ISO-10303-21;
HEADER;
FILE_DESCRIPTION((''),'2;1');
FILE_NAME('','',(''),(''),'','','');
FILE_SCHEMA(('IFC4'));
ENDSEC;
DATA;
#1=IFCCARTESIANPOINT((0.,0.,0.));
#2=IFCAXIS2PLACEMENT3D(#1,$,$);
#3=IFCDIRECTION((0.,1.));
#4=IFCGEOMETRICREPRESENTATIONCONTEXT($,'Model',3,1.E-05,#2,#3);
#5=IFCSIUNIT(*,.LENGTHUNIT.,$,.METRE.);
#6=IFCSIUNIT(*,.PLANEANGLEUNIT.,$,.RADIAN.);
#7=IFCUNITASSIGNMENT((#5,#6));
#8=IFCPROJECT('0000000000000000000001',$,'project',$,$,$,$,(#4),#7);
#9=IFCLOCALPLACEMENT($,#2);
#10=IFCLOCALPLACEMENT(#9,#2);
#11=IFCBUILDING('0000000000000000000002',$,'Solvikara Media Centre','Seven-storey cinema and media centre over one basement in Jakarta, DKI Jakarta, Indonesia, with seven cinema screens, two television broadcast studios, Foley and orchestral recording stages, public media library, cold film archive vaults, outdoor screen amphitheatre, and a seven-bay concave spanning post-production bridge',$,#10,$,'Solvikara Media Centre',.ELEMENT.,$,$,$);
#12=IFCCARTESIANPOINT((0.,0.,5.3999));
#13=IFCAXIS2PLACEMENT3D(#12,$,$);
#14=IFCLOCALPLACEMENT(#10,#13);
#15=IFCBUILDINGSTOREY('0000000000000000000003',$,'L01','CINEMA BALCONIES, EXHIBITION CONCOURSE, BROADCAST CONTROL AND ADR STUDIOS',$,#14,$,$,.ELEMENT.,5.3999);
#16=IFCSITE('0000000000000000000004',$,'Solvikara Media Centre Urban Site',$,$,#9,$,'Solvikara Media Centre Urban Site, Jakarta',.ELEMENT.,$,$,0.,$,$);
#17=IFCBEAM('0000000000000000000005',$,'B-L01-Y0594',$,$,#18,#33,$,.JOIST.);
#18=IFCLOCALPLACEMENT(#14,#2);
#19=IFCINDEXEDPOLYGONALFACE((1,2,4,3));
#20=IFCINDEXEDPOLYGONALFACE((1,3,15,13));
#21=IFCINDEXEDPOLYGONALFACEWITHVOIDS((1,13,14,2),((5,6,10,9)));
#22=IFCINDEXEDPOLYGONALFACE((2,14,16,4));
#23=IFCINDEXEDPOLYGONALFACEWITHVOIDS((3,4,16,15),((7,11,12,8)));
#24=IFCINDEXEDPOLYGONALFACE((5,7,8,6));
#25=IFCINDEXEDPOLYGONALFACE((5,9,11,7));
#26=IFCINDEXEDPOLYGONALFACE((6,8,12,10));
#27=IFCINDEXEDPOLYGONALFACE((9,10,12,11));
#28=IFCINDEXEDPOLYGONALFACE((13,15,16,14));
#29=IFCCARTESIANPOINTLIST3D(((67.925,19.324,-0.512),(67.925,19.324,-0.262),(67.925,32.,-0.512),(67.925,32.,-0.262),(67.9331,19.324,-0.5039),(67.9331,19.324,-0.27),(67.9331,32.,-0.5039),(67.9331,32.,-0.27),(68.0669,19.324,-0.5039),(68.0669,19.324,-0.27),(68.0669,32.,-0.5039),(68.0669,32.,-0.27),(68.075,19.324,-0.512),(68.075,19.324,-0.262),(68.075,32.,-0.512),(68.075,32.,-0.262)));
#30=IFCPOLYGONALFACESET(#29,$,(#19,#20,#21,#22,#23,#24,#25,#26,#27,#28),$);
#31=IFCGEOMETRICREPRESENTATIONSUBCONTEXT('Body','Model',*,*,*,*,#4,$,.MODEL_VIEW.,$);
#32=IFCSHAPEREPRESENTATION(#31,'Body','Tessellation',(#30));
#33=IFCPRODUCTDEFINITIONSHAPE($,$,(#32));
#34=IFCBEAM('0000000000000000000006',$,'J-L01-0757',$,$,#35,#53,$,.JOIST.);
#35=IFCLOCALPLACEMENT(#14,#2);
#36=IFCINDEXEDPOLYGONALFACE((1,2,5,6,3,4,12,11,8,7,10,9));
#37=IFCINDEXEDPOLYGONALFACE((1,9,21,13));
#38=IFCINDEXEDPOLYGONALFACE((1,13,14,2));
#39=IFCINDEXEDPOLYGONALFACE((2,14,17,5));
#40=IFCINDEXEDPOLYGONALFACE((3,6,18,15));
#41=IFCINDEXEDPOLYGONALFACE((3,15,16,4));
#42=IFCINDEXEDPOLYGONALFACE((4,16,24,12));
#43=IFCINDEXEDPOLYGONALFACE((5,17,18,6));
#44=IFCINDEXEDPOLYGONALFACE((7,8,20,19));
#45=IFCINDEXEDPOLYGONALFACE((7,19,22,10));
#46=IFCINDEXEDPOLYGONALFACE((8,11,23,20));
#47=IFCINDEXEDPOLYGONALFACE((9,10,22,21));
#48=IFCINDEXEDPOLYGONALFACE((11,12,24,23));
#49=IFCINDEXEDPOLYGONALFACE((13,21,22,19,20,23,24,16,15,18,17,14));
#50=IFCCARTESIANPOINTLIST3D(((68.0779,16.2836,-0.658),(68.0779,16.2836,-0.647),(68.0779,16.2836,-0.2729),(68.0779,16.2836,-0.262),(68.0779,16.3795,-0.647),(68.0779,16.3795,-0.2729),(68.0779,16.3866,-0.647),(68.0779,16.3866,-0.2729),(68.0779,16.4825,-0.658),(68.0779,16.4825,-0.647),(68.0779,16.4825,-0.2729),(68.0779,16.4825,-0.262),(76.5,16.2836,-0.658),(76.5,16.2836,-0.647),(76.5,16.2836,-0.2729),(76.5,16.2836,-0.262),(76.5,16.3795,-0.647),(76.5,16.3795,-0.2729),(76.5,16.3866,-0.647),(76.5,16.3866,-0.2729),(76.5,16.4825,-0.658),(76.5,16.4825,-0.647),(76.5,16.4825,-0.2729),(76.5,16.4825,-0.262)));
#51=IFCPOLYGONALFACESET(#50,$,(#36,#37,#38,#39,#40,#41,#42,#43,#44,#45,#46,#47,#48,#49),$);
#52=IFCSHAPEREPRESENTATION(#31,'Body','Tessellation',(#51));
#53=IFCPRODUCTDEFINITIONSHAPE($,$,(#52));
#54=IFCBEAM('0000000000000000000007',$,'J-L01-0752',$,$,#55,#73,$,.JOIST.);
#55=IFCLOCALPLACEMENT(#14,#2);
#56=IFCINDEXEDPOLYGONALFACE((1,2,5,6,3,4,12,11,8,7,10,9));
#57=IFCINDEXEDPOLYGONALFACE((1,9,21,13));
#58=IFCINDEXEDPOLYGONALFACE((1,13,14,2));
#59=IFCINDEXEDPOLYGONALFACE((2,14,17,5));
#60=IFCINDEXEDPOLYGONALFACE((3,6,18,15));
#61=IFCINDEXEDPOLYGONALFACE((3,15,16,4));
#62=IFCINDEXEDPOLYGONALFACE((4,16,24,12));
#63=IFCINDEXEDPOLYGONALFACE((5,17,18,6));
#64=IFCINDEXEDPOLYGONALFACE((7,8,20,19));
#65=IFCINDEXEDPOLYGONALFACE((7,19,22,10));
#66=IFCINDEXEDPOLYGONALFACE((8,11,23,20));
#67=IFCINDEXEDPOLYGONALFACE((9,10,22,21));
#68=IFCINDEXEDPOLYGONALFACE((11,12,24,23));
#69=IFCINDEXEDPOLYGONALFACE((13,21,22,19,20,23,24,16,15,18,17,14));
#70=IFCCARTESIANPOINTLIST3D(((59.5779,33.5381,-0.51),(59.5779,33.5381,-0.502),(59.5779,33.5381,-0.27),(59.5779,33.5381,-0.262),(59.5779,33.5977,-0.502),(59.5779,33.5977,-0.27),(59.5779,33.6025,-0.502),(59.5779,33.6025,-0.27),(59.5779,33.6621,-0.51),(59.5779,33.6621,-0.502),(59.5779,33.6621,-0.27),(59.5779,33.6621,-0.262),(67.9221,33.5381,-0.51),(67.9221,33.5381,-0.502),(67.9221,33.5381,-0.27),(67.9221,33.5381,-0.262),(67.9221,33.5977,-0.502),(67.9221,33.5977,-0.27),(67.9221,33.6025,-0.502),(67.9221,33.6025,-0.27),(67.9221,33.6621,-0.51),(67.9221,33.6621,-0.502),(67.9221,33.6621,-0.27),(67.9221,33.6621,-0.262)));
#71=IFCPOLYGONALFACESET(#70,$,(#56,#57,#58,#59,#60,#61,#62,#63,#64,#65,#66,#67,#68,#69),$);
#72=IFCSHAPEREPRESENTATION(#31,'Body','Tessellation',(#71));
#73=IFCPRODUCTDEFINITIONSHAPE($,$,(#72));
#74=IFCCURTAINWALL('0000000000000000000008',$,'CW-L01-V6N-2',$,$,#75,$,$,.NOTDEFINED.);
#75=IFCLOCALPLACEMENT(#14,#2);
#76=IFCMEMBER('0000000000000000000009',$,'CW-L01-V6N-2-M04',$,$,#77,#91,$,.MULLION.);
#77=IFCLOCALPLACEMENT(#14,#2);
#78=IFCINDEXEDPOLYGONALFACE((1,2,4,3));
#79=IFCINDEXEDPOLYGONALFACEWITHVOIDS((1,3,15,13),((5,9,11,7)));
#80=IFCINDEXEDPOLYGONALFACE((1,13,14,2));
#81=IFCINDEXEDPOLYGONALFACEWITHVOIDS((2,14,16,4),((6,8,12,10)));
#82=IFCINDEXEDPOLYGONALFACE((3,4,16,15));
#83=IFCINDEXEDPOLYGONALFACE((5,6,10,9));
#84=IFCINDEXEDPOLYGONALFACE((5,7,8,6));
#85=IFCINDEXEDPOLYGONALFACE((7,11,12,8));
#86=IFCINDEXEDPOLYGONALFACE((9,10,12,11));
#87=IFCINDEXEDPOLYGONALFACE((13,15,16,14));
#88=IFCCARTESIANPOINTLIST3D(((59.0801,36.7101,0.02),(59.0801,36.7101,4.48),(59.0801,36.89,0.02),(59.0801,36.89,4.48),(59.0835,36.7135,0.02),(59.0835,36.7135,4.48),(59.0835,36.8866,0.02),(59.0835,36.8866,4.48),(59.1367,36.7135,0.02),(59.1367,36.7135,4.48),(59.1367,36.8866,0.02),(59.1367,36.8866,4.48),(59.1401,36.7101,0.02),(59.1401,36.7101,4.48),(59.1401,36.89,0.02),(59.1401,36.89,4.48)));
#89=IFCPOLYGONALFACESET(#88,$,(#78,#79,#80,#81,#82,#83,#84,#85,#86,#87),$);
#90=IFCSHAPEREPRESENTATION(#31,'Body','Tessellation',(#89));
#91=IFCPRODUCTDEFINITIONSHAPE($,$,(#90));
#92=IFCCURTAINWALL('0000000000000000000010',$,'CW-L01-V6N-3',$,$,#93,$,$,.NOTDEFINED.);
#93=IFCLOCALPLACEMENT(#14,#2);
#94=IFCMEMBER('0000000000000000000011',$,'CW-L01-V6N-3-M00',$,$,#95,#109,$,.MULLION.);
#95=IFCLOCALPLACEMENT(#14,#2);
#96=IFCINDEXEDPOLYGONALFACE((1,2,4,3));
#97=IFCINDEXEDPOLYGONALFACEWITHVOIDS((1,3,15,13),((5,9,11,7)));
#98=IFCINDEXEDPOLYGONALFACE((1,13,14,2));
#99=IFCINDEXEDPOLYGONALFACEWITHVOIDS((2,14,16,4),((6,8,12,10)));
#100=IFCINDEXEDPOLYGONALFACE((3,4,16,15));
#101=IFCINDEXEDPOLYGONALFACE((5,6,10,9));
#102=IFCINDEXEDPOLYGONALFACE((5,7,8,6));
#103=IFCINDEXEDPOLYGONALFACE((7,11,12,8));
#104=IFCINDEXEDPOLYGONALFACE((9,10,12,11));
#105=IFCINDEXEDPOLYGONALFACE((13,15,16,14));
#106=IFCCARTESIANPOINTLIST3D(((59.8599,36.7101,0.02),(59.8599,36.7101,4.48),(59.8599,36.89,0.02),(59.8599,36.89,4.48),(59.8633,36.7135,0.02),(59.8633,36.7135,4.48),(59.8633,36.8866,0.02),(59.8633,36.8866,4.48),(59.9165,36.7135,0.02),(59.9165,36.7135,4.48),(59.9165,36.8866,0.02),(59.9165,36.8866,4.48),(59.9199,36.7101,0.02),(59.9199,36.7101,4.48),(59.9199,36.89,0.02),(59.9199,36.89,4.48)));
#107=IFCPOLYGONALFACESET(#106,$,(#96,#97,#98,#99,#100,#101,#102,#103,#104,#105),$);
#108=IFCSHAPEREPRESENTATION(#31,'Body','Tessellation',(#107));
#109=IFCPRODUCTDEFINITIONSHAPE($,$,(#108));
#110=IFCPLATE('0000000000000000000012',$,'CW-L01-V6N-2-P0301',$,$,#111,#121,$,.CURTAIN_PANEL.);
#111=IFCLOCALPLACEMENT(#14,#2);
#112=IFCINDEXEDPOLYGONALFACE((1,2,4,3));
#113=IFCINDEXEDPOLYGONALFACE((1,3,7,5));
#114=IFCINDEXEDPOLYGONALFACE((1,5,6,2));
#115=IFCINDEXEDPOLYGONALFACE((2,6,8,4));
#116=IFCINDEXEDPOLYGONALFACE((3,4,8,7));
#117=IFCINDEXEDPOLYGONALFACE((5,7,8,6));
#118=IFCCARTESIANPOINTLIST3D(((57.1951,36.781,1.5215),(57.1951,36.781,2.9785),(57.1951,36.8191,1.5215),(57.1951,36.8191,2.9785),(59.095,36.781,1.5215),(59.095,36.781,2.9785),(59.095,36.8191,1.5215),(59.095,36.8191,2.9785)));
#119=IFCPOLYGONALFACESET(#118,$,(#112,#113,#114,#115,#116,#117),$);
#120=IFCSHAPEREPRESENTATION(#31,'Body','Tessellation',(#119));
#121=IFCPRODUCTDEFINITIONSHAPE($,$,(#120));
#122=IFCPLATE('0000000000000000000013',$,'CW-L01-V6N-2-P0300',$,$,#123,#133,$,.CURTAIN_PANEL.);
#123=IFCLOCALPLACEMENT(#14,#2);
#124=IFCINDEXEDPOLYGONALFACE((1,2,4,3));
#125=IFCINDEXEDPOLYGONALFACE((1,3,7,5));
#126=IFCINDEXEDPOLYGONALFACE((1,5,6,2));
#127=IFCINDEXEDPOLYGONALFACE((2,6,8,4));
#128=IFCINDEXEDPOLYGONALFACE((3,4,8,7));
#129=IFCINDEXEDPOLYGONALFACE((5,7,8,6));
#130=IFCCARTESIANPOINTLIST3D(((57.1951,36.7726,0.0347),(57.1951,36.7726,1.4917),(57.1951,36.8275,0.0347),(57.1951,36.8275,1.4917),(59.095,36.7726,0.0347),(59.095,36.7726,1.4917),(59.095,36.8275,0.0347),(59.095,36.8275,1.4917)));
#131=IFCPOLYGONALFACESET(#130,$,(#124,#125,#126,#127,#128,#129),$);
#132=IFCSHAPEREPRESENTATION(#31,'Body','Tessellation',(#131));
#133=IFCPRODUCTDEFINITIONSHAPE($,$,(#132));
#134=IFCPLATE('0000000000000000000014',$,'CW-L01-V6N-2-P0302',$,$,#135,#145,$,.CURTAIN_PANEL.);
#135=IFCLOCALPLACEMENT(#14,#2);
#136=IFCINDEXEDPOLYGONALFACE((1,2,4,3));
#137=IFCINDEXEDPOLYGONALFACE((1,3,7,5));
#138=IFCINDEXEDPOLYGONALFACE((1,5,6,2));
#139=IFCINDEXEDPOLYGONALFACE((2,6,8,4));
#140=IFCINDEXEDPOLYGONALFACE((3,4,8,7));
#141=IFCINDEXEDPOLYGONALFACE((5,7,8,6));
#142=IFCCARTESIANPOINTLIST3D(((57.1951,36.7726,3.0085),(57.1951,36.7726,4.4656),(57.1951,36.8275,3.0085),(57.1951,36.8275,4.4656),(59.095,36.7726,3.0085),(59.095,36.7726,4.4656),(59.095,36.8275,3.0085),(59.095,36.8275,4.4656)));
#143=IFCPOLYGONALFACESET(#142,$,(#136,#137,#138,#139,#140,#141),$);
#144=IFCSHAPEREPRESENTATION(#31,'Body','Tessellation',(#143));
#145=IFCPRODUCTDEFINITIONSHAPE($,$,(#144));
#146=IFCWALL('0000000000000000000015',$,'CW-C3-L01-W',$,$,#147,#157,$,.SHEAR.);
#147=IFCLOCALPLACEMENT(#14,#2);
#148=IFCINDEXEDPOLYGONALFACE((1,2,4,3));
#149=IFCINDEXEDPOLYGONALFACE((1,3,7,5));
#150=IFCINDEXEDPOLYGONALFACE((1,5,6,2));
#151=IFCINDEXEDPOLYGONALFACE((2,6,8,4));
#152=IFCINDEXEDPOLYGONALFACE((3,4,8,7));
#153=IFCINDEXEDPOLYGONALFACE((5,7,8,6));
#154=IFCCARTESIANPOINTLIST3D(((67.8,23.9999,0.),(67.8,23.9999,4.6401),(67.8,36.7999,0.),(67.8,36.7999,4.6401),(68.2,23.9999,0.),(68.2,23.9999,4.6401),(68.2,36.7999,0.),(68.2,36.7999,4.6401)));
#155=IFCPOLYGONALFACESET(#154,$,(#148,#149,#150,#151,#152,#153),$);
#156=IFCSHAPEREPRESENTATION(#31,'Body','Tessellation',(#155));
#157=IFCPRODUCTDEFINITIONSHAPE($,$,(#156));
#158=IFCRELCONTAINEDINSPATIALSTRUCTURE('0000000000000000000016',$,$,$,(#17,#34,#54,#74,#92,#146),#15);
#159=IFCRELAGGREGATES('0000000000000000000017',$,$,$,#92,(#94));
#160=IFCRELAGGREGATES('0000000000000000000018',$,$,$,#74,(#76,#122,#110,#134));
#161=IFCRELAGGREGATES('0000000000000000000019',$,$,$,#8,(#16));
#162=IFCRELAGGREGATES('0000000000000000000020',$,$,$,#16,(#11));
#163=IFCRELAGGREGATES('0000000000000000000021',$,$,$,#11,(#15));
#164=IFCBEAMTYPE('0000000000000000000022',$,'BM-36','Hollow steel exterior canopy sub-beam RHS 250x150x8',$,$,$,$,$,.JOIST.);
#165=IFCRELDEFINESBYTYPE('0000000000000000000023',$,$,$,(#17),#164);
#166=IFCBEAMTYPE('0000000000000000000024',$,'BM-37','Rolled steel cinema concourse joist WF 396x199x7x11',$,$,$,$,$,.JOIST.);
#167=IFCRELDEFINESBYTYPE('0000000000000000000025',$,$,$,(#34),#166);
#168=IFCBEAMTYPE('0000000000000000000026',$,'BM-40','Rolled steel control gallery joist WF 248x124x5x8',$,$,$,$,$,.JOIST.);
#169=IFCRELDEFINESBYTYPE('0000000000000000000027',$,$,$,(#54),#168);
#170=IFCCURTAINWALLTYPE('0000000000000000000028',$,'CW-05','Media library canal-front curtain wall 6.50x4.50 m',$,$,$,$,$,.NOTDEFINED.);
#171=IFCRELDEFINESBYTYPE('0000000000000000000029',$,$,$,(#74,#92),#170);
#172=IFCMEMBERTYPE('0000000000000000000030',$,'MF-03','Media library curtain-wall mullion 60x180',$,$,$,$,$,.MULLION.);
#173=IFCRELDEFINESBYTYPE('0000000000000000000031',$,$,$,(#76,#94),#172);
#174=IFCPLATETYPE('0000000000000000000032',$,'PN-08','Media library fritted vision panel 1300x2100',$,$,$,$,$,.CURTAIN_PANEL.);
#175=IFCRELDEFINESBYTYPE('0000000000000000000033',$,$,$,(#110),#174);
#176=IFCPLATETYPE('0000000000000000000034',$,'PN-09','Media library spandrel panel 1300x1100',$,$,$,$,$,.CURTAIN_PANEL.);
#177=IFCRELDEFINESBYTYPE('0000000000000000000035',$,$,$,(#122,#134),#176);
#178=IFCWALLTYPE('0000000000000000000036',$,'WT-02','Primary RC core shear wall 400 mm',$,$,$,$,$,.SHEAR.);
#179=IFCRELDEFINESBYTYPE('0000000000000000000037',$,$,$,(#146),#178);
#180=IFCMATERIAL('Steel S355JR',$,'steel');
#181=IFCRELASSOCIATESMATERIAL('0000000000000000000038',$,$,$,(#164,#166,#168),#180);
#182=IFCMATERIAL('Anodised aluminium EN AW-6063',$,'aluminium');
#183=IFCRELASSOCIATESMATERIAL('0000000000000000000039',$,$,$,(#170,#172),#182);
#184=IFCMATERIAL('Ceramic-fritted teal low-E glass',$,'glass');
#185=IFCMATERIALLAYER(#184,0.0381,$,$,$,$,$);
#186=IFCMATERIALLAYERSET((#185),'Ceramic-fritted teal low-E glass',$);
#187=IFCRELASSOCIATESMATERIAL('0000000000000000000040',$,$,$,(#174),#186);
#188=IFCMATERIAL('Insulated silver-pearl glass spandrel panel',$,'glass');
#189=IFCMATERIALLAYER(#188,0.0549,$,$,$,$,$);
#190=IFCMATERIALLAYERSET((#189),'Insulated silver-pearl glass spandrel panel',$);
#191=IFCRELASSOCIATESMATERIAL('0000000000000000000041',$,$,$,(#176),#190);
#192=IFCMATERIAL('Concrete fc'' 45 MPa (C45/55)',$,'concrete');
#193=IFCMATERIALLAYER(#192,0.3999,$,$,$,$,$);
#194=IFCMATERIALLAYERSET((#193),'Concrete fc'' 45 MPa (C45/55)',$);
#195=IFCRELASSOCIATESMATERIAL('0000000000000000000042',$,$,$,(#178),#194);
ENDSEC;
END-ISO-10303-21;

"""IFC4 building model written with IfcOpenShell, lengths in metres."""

from ifc_helpers import new_model, si_unit, direction, frame, frame_2d, origin, origin_2d, place, context, subcontext, project, spatial, rectangle, hollow_rectangle, i_section, extrude, material, layer, layer_set, material_profile, profile_set, type_object, element, aggregate, save


model = new_model("IFC4")

# Units and contexts
model_context = context("Model", 3, precision=1e-05, world=origin(), true_north=direction((0.0, 1.0)))
body_context = subcontext(model_context, "Body", "Model", "MODEL_VIEW")
ifc_project = project(units=[si_unit("LENGTHUNIT", "METRE"), si_unit("PLANEANGLEUNIT", "RADIAN")], contexts=[model_context])

# Site, building, storey
site_placement = place(None, origin())
site = spatial("IfcSite", under=ifc_project, at=site_placement, Name="Solvikara Media Centre Urban Site", LongName="Solvikara Media Centre Urban Site, Jakarta", CompositionType="ELEMENT", RefElevation=0.0)
building_placement = place(site_placement, origin())
building = spatial("IfcBuilding", under=site, at=building_placement, Name="Solvikara Media Centre", Description="Seven-storey cinema and media centre over one basement in Jakarta, DKI Jakarta, Indonesia, with seven cinema screens, two television broadcast studios, Foley and orchestral recording stages, public media library, cold film archive vaults, outdoor screen amphitheatre, and a seven-bay concave spanning post-production bridge", LongName="Solvikara Media Centre", CompositionType="ELEMENT")
storey_placement = place(building_placement, frame((0.0, 0.0, 5.3999)))
storey = spatial("IfcBuildingStorey", under=building, at=storey_placement, Name="L01", Description="CINEMA BALCONIES, EXHIBITION CONCOURSE, BROADCAST CONTROL AND ADR STUDIOS", CompositionType="ELEMENT", Elevation=5.3999)

# Shared definitions
ifc_material_1 = material(Name="Concrete fc' 45 MPa (C45/55)", Category="concrete")

# Beams
ifc_material_2 = material(Name="Steel S355JR", Category="steel")
ifc_material_profile_1 = material_profile(ifc_material_2, hollow_rectangle(XDim=0.1499, YDim=0.25, WallThickness=0.0081, at=origin_2d()), Name="RHS 250x150x8")
ifc_profile_set_1 = profile_set([ifc_material_profile_1], Name="Steel S355JR")
beam_type_1 = type_object("IfcBeamType", Name="BM-36", Description="Hollow steel exterior canopy sub-beam RHS 250x150x8", PredefinedType="JOIST", material=ifc_profile_set_1)
beam_1_placement = place(storey_placement, frame((68.0, 19.324, -0.387), z_axis=(0.0, 1.0, 0.0), x_axis=(-1.0, 0.0, 0.0)))
element("IfcBeam", 1, at=beam_1_placement, inside=storey, type_object=beam_type_1, Name="B-L01-Y0594", PredefinedType="JOIST", context=body_context, shape_type="SweptSolid", body=[
    extrude(hollow_rectangle(XDim=0.1499, YDim=0.25, WallThickness=0.0081, at=origin_2d()), origin(), (0.0, 0.0, 1.0), 12.676),
])
ifc_material_profile_2 = material_profile(ifc_material_2, i_section(OverallWidth=0.199, OverallDepth=0.396, WebThickness=0.0071, FlangeThickness=0.011, at=origin_2d()), Name="WF 396x199x7x11")
ifc_profile_set_2 = profile_set([ifc_material_profile_2], Name="Steel S355JR")
beam_type_2 = type_object("IfcBeamType", Name="BM-37", Description="Rolled steel cinema concourse joist WF 396x199x7x11", PredefinedType="JOIST", material=ifc_profile_set_2)
beam_2_placement = place(storey_placement, frame((68.0779, 16.3831, -0.46), z_axis=(1.0, 0.0, 0.0), x_axis=(0.0, 1.0, 0.0)))
element("IfcBeam", 2, at=beam_2_placement, inside=storey, type_object=beam_type_2, Name="J-L01-0757", PredefinedType="JOIST", context=body_context, shape_type="SweptSolid", body=[
    extrude(i_section(OverallWidth=0.199, OverallDepth=0.396, WebThickness=0.0071, FlangeThickness=0.011, at=origin_2d()), origin(), (0.0, 0.0, 1.0), 8.4221),
])
ifc_material_profile_3 = material_profile(ifc_material_2, i_section(OverallWidth=0.124, OverallDepth=0.248, WebThickness=0.0049, FlangeThickness=0.0081, at=origin_2d()), Name="WF 248x124x5x8")
ifc_profile_set_3 = profile_set([ifc_material_profile_3], Name="Steel S355JR")
beam_type_3 = type_object("IfcBeamType", Name="BM-40", Description="Rolled steel control gallery joist WF 248x124x5x8", PredefinedType="JOIST", material=ifc_profile_set_3)
beam_3_placement = place(storey_placement, frame((59.5779, 33.6001, -0.386), z_axis=(1.0, 0.0, 0.0), x_axis=(0.0, 1.0, 0.0)))
element("IfcBeam", 3, at=beam_3_placement, inside=storey, type_object=beam_type_3, Name="J-L01-0752", PredefinedType="JOIST", context=body_context, shape_type="SweptSolid", body=[
    extrude(i_section(OverallWidth=0.124, OverallDepth=0.248, WebThickness=0.0049, FlangeThickness=0.0081, at=origin_2d()), origin(), (0.0, 0.0, 1.0), 8.3442),
])

# Curtain walls, members
ifc_material_3 = material(Name="Anodised aluminium EN AW-6063", Category="aluminium")
curtain_wall_type = type_object("IfcCurtainWallType", Name="CW-05", Description="Media library canal-front curtain wall 6.50x4.50 m", PredefinedType="NOTDEFINED", material=ifc_material_3)
curtain_wall_1_placement = place(storey_placement, origin())
curtain_wall_1 = element("IfcCurtainWall", 4, at=curtain_wall_1_placement, inside=storey, type_object=curtain_wall_type, Name="CW-L01-V6N-2", PredefinedType="NOTDEFINED")
ifc_material_profile_4 = material_profile(ifc_material_3, hollow_rectangle(XDim=0.0601, YDim=0.1799, WallThickness=0.0034, at=origin_2d()), Name="ALU-M 60x180x3.5")
ifc_profile_set_4 = profile_set([ifc_material_profile_4], Name="Anodised aluminium EN AW-6063")
member_type = type_object("IfcMemberType", Name="MF-03", Description="Media library curtain-wall mullion 60x180", PredefinedType="MULLION", material=ifc_profile_set_4)
member_1_placement = place(storey_placement, frame((59.1101, 36.8, 0.02), z_axis=(0.0, 0.0, 1.0), x_axis=(1.0, 0.0, 0.0)))
member_1 = element("IfcMember", 5, at=member_1_placement, type_object=member_type, Name="CW-L01-V6N-2-M04", PredefinedType="MULLION", context=body_context, shape_type="SweptSolid", body=[
    extrude(hollow_rectangle(XDim=0.0601, YDim=0.1799, WallThickness=0.0034, at=origin_2d()), origin(), (0.0, 0.0, 1.0), 4.46),
])
curtain_wall_2_placement = place(storey_placement, origin())
curtain_wall_2 = element("IfcCurtainWall", 6, at=curtain_wall_2_placement, inside=storey, type_object=curtain_wall_type, Name="CW-L01-V6N-3", PredefinedType="NOTDEFINED")
member_2_placement = place(storey_placement, frame((59.8899, 36.8, 0.02), z_axis=(0.0, 0.0, 1.0), x_axis=(1.0, 0.0, 0.0)))
member_2 = element("IfcMember", 7, at=member_2_placement, type_object=member_type, Name="CW-L01-V6N-3-M00", PredefinedType="MULLION", context=body_context, shape_type="SweptSolid", body=[
    extrude(hollow_rectangle(XDim=0.0601, YDim=0.1799, WallThickness=0.0034, at=origin_2d()), origin(), (0.0, 0.0, 1.0), 4.46),
])
aggregate(curtain_wall_2, [member_2])

# Plates
ifc_material_4 = material(Name="Ceramic-fritted teal low-E glass", Category="glass")
ifc_layer_1 = layer(ifc_material_4, 0.0381)
ifc_layer_set_1 = layer_set([ifc_layer_1], Name="Ceramic-fritted teal low-E glass")
plate_type_1 = type_object("IfcPlateType", Name="PN-08", Description="Media library fritted vision panel 1300x2100", PredefinedType="CURTAIN_PANEL", material=ifc_layer_set_1)
plate_1_placement = place(storey_placement, frame((58.145, 36.8, 1.5215), z_axis=(0.0, 0.0, 1.0), x_axis=(1.0, 0.0, 0.0)))
plate_1 = element("IfcPlate", 8, at=plate_1_placement, type_object=plate_type_1, Name="CW-L01-V6N-2-P0301", PredefinedType="CURTAIN_PANEL", context=body_context, shape_type="SweptSolid", body=[
    extrude(rectangle(XDim=1.8999, YDim=0.0381, at=origin_2d()), origin(), (0.0, 0.0, 1.0), 1.457),
])
ifc_material_5 = material(Name="Insulated silver-pearl glass spandrel panel", Category="glass")
ifc_layer_2 = layer(ifc_material_5, 0.0549)
ifc_layer_set_2 = layer_set([ifc_layer_2], Name="Insulated silver-pearl glass spandrel panel")
plate_type_2 = type_object("IfcPlateType", Name="PN-09", Description="Media library spandrel panel 1300x1100", PredefinedType="CURTAIN_PANEL", material=ifc_layer_set_2)
plate_2_placement = place(storey_placement, frame((58.145, 36.8, 0.0347), z_axis=(0.0, 0.0, 1.0), x_axis=(1.0, 0.0, 0.0)))
plate_2 = element("IfcPlate", 9, at=plate_2_placement, type_object=plate_type_2, Name="CW-L01-V6N-2-P0300", PredefinedType="CURTAIN_PANEL", context=body_context, shape_type="SweptSolid", body=[
    extrude(rectangle(XDim=1.8999, YDim=0.0549, at=origin_2d()), origin(), (0.0, 0.0, 1.0), 1.457),
])
plate_3_placement = place(storey_placement, frame((58.145, 36.8, 3.0085), z_axis=(0.0, 0.0, 1.0), x_axis=(1.0, 0.0, 0.0)))
plate_3 = element("IfcPlate", 10, at=plate_3_placement, type_object=plate_type_2, Name="CW-L01-V6N-2-P0302", PredefinedType="CURTAIN_PANEL", context=body_context, shape_type="SweptSolid", body=[
    extrude(rectangle(XDim=1.8999, YDim=0.0549, at=origin_2d()), origin(), (0.0, 0.0, 1.0), 1.457),
])
aggregate(curtain_wall_1, [member_1, plate_2, plate_1, plate_3])

# Wall
ifc_layer_3 = layer(ifc_material_1, 0.3999)
ifc_layer_set_3 = layer_set([ifc_layer_3], Name="Concrete fc' 45 MPa (C45/55)")
wall_type = type_object("IfcWallType", Name="WT-02", Description="Primary RC core shear wall 400 mm", PredefinedType="SHEAR", material=ifc_layer_set_3)
wall_1_placement = place(storey_placement, frame((68.0, 24.0, 0.0), z_axis=(0.0, 0.0, 1.0), x_axis=(0.0, 1.0, 0.0)))
element("IfcWall", 11, at=wall_1_placement, inside=storey, type_object=wall_type, Name="CW-C3-L01-W", PredefinedType="SHEAR", context=body_context, shape_type="SweptSolid", body=[
    extrude(rectangle(XDim=12.8, YDim=0.3999, at=frame_2d((6.3999, 0.0))), origin(), (0.0, 0.0, 1.0), 4.6401),
])

save(model, "model.ifc")
